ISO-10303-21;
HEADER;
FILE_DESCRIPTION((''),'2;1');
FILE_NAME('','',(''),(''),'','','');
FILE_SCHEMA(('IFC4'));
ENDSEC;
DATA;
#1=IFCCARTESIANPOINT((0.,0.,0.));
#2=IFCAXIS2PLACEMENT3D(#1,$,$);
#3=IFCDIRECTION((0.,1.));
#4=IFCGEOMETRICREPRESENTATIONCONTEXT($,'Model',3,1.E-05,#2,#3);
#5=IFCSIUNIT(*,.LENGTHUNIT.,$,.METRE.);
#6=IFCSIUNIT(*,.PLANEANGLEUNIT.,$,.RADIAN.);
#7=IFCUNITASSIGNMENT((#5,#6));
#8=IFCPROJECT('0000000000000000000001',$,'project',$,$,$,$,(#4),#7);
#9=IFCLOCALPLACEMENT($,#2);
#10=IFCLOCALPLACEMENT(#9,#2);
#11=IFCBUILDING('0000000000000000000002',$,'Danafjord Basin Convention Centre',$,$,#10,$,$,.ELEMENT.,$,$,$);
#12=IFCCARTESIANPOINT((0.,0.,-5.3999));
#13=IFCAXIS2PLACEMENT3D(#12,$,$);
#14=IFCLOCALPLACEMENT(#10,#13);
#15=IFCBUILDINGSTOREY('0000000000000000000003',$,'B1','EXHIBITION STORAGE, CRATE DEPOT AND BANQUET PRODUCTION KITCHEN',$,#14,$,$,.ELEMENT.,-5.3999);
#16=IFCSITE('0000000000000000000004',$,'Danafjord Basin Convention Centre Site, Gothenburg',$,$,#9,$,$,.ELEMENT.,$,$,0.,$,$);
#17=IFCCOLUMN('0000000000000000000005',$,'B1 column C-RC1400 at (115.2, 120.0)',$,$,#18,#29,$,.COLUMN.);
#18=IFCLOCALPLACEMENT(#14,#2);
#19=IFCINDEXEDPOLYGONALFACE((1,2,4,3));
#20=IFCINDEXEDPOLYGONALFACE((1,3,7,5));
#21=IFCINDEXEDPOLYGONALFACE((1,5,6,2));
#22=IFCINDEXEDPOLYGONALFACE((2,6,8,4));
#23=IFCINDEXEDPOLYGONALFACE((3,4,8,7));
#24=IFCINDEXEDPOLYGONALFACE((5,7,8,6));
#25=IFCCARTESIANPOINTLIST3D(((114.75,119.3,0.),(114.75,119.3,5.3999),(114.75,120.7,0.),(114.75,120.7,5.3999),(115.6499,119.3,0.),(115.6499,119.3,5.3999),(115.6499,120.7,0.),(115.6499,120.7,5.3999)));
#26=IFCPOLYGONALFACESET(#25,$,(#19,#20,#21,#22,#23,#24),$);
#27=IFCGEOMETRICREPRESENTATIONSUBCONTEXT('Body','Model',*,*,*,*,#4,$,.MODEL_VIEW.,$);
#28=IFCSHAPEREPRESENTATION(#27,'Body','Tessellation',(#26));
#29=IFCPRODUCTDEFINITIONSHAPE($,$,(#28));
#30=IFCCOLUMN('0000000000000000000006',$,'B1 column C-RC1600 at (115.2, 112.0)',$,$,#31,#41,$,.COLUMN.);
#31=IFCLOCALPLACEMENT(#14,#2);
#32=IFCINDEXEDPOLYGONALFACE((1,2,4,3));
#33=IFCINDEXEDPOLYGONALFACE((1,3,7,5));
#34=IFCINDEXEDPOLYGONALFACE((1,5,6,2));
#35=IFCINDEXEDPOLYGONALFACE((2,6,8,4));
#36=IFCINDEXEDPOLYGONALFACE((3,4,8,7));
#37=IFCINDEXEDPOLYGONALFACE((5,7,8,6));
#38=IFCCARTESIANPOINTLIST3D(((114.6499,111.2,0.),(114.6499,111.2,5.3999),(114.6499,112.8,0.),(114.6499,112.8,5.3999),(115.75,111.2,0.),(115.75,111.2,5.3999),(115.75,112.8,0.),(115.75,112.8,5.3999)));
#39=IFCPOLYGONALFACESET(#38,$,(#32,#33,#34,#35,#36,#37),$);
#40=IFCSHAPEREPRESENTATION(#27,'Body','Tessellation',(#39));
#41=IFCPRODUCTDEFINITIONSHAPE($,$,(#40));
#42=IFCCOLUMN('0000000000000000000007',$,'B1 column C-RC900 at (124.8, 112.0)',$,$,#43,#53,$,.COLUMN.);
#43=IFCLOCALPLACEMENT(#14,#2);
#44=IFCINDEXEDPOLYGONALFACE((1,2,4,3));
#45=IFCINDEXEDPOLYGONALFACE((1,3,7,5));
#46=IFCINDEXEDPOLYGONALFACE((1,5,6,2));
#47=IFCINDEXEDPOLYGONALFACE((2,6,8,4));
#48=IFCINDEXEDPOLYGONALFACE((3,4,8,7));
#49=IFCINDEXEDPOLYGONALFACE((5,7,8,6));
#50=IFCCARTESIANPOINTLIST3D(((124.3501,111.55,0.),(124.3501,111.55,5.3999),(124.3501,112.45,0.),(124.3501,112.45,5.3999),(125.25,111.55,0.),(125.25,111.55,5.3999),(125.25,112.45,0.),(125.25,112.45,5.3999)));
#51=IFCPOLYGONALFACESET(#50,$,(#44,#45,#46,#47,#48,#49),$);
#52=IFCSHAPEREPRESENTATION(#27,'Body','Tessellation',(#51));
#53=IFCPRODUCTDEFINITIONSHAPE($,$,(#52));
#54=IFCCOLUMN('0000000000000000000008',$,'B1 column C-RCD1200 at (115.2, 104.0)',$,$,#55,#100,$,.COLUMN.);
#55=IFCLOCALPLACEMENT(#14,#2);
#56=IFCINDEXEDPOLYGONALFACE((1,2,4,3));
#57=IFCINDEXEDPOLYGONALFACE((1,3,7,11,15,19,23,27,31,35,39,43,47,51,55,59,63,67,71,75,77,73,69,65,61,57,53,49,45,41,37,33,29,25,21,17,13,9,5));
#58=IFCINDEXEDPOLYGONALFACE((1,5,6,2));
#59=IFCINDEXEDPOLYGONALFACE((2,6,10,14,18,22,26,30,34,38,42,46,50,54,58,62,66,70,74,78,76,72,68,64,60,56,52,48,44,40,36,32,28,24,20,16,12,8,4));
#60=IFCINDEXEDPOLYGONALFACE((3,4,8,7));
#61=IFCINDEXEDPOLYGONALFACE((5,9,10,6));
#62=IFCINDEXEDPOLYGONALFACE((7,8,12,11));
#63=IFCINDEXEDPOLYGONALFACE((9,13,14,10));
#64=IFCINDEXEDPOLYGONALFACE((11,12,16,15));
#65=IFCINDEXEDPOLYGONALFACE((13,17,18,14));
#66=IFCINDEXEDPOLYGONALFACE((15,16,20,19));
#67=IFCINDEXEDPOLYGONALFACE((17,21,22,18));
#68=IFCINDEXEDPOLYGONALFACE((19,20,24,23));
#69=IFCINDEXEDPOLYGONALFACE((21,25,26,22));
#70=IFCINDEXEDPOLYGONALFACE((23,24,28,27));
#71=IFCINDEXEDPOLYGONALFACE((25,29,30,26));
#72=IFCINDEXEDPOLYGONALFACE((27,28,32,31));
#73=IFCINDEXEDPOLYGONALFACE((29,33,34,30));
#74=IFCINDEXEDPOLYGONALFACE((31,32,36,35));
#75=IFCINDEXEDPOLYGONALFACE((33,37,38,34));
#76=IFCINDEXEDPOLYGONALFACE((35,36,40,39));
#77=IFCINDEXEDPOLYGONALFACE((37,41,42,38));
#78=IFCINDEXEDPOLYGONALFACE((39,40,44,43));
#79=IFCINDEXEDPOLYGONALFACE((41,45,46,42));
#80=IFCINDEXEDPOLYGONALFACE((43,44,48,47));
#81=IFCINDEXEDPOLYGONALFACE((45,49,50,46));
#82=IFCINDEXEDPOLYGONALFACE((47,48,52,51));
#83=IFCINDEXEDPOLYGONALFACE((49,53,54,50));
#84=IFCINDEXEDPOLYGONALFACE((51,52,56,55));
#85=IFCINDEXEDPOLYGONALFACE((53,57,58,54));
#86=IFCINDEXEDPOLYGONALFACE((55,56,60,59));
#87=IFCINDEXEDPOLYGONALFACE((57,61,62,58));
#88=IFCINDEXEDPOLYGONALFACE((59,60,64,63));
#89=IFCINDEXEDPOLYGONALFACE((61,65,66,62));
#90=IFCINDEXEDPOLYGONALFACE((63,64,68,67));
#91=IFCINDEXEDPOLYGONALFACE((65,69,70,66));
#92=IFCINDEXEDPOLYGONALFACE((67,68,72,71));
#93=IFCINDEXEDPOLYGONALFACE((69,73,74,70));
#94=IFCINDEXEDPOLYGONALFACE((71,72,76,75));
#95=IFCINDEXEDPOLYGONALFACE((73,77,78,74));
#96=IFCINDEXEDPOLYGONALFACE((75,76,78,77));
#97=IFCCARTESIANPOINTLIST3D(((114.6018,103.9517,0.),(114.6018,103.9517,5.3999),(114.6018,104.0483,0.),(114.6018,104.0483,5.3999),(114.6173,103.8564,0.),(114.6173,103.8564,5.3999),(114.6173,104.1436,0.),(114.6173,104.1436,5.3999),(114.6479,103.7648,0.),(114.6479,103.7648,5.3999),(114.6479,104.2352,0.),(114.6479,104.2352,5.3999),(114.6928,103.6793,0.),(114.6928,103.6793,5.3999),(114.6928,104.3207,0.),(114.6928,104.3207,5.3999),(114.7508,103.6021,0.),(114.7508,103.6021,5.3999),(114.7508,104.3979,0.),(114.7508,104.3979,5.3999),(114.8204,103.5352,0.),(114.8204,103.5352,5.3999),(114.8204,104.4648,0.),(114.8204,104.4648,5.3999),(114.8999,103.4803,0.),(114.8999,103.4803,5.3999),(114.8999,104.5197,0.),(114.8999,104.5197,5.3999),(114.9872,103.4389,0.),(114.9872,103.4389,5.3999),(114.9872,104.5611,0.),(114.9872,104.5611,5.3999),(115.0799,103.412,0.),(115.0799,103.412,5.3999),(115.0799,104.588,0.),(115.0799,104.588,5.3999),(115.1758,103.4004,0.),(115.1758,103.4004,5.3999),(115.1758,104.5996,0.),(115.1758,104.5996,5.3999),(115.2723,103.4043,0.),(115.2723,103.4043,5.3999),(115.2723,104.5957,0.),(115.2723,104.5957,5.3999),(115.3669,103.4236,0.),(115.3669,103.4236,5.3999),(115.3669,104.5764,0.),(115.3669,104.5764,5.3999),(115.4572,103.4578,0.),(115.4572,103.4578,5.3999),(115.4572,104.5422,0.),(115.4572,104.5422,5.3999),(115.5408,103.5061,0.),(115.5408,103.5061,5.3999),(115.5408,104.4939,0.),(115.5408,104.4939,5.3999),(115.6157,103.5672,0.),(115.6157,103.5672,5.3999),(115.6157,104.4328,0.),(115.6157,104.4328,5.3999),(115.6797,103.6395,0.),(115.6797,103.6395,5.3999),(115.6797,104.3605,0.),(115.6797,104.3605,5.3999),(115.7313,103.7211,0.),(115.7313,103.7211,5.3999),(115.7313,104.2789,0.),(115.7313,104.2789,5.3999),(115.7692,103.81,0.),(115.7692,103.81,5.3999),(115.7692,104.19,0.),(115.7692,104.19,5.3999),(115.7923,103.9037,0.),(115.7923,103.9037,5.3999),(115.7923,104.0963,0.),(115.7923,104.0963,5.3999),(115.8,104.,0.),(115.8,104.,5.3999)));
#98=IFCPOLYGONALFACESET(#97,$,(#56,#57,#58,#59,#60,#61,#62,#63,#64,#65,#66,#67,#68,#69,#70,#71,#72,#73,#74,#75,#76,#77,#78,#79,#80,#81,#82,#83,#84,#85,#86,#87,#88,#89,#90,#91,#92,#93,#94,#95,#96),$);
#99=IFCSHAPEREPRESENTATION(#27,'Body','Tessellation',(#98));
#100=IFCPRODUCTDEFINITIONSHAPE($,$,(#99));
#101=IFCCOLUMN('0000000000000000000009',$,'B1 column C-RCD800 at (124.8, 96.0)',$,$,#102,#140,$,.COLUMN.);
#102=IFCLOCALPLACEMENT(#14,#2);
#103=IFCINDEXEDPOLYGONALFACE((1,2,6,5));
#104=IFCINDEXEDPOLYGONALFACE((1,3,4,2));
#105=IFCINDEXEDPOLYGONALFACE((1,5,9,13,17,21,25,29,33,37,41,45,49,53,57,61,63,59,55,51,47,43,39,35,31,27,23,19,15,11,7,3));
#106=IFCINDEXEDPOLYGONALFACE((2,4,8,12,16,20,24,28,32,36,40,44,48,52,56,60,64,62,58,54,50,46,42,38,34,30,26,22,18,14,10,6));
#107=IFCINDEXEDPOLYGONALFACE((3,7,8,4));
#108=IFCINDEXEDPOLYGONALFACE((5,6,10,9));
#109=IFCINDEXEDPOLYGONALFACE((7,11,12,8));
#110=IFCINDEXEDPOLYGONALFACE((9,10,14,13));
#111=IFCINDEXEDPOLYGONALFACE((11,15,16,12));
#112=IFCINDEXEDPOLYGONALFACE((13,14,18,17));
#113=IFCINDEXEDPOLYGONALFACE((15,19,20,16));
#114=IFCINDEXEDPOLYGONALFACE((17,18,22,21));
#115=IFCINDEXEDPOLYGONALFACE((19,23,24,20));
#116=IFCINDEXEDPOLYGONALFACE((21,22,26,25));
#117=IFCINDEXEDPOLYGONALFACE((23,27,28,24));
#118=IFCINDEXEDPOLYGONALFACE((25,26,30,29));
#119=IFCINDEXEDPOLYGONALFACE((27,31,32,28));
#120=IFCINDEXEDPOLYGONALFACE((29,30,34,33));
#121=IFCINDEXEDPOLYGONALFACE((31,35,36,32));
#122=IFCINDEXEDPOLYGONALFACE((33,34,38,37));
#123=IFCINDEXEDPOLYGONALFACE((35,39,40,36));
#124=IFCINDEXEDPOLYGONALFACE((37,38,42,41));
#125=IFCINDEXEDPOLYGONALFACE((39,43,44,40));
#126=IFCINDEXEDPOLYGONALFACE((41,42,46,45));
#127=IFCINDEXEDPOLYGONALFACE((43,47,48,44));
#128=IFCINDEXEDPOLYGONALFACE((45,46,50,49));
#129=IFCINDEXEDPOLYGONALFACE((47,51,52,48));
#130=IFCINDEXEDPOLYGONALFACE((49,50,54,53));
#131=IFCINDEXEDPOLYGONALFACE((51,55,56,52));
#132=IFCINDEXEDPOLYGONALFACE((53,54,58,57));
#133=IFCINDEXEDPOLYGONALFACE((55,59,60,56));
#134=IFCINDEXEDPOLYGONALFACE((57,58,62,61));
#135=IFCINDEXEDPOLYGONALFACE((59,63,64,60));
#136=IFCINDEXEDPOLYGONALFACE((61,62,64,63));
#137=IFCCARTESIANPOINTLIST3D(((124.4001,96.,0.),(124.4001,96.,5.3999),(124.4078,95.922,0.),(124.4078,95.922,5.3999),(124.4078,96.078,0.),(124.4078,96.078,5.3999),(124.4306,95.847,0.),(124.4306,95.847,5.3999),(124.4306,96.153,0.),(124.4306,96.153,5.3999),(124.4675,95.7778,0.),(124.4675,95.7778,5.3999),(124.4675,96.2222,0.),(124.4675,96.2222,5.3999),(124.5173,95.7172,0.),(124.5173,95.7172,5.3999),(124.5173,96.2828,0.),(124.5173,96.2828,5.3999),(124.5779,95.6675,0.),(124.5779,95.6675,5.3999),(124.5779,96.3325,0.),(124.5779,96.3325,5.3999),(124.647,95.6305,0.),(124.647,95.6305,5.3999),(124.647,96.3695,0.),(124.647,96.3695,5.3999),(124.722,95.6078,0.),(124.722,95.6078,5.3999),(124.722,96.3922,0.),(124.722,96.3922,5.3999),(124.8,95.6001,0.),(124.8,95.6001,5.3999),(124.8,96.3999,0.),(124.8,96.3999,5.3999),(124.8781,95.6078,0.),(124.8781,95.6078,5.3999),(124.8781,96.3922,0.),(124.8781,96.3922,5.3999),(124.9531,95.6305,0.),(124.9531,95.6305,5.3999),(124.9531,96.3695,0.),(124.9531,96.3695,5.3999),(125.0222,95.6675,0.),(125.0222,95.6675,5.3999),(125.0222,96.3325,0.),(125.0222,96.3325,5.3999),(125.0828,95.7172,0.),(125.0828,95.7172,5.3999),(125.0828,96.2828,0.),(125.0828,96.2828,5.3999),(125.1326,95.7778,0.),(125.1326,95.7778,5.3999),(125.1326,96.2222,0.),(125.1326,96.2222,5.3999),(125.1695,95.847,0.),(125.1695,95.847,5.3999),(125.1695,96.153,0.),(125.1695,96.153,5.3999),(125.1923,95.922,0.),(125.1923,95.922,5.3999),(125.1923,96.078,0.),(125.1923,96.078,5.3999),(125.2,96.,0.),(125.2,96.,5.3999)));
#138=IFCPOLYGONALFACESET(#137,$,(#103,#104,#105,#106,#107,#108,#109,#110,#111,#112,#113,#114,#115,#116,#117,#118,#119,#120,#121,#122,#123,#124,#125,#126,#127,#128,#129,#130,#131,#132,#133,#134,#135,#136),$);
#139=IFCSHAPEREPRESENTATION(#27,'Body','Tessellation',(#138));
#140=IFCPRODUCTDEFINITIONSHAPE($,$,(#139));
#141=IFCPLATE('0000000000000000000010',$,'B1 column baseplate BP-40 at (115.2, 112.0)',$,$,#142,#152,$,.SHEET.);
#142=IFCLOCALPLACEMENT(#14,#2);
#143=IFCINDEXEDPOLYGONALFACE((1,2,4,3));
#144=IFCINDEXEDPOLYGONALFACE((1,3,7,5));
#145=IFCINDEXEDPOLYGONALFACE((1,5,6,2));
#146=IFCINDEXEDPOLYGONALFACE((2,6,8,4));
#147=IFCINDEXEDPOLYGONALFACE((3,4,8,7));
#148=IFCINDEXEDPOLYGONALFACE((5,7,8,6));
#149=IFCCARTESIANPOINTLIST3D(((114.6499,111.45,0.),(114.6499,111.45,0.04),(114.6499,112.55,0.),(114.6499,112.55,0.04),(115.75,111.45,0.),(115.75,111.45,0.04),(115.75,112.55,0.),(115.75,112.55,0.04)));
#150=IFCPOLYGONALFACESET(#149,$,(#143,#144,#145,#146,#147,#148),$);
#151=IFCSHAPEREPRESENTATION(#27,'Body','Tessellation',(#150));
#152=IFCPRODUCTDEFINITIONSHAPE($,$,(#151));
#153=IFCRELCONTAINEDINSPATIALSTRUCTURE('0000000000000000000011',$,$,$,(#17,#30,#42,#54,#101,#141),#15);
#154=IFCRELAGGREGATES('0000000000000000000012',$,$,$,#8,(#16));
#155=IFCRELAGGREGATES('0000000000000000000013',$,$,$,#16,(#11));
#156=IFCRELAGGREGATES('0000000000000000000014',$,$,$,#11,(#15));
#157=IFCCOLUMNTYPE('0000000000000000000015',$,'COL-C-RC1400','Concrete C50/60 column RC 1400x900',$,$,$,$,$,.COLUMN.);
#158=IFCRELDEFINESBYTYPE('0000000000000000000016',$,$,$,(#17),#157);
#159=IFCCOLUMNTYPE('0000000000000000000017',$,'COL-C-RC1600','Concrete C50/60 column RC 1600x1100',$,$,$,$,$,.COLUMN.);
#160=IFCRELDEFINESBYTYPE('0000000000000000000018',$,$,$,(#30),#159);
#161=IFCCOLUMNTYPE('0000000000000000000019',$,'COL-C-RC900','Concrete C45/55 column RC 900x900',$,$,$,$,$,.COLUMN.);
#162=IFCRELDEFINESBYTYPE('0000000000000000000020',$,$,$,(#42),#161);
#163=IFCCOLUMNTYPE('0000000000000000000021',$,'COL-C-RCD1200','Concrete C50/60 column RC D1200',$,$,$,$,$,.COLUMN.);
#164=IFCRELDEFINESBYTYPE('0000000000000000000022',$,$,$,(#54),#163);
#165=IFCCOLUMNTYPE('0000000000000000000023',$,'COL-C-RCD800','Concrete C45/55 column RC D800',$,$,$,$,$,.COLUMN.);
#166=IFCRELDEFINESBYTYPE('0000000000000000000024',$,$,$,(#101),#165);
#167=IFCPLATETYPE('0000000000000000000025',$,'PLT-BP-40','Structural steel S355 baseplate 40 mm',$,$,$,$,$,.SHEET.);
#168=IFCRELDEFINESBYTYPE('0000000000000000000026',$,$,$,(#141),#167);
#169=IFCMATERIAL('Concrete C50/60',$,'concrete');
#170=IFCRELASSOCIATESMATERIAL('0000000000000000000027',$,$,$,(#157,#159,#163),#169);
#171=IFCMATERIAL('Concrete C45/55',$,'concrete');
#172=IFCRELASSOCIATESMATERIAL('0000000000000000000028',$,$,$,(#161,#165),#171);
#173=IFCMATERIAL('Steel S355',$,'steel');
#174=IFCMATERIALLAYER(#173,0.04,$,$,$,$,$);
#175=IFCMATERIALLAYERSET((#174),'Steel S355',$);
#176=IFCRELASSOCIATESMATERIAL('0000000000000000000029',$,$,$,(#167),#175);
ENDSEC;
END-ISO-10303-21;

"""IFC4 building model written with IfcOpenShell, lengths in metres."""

from ifc_helpers import new_model, si_unit, direction, frame, origin, origin_2d, place, context, subcontext, project, spatial, rectangle, circle, extrude, material, layer, layer_set, material_profile, profile_set, type_object, element, save


model = new_model("IFC4")

# Units and contexts
model_context = context("Model", 3, precision=1e-05, world=origin(), true_north=direction((0.0, 1.0)))
body_context = subcontext(model_context, "Body", "Model", "MODEL_VIEW")
ifc_project = project(units=[si_unit("LENGTHUNIT", "METRE"), si_unit("PLANEANGLEUNIT", "RADIAN")], contexts=[model_context])

# Site, building, storey
site_placement = place(None, origin())
site = spatial("IfcSite", under=ifc_project, at=site_placement, Name="Danafjord Basin Convention Centre Site, Gothenburg", CompositionType="ELEMENT", RefElevation=0.0)
building_placement = place(site_placement, origin())
building = spatial("IfcBuilding", under=site, at=building_placement, Name="Danafjord Basin Convention Centre", CompositionType="ELEMENT")
storey_placement = place(building_placement, frame((0.0, 0.0, -5.3999)))
storey = spatial("IfcBuildingStorey", under=building, at=storey_placement, Name="B1", Description="EXHIBITION STORAGE, CRATE DEPOT AND BANQUET PRODUCTION KITCHEN", CompositionType="ELEMENT", Elevation=-5.3999)

# Columns
ifc_material_1 = material(Name="Concrete C45/55", Category="concrete")
ifc_material_2 = material(Name="Concrete C50/60", Category="concrete")
ifc_material_profile_1 = material_profile(ifc_material_2, rectangle(XDim=0.8999, YDim=1.3999, at=origin_2d()), Name="RC 1400x900")
ifc_profile_set_1 = profile_set([ifc_material_profile_1], Name="Concrete C50/60")
column_type_1 = type_object("IfcColumnType", Name="COL-C-RC1400", Description="Concrete C50/60 column RC 1400x900", PredefinedType="COLUMN", material=ifc_profile_set_1)
column_1_placement = place(storey_placement, frame((115.2, 120.0, 0.0), z_axis=(0.0, 0.0, 1.0), x_axis=(1.0, 0.0, 0.0)))
element("IfcColumn", 1, at=column_1_placement, inside=storey, type_object=column_type_1, Name="B1 column C-RC1400 at (115.2, 120.0)", PredefinedType="COLUMN", context=body_context, shape_type="SweptSolid", body=[
    extrude(rectangle(XDim=0.8999, YDim=1.3999, at=origin_2d()), origin(), (0.0, 0.0, 1.0), 5.3999),
])
ifc_material_profile_2 = material_profile(ifc_material_2, rectangle(XDim=1.1001, YDim=1.6001, at=origin_2d()), Name="RC 1600x1100")
ifc_profile_set_2 = profile_set([ifc_material_profile_2], Name="Concrete C50/60")
column_type_2 = type_object("IfcColumnType", Name="COL-C-RC1600", Description="Concrete C50/60 column RC 1600x1100", PredefinedType="COLUMN", material=ifc_profile_set_2)
column_2_placement = place(storey_placement, frame((115.2, 112.0, 0.0), z_axis=(0.0, 0.0, 1.0), x_axis=(1.0, 0.0, 0.0)))
element("IfcColumn", 2, at=column_2_placement, inside=storey, type_object=column_type_2, Name="B1 column C-RC1600 at (115.2, 112.0)", PredefinedType="COLUMN", context=body_context, shape_type="SweptSolid", body=[
    extrude(rectangle(XDim=1.1001, YDim=1.6001, at=origin_2d()), origin(), (0.0, 0.0, 1.0), 5.3999),
])
ifc_material_profile_3 = material_profile(ifc_material_1, rectangle(XDim=0.8999, YDim=0.8999, at=origin_2d()), Name="RC 900x900")
ifc_profile_set_3 = profile_set([ifc_material_profile_3], Name="Concrete C45/55")
column_type_3 = type_object("IfcColumnType", Name="COL-C-RC900", Description="Concrete C45/55 column RC 900x900", PredefinedType="COLUMN", material=ifc_profile_set_3)
column_3_placement = place(storey_placement, frame((124.8, 112.0, 0.0), z_axis=(0.0, 0.0, 1.0), x_axis=(1.0, 0.0, 0.0)))
element("IfcColumn", 3, at=column_3_placement, inside=storey, type_object=column_type_3, Name="B1 column C-RC900 at (124.8, 112.0)", PredefinedType="COLUMN", context=body_context, shape_type="SweptSolid", body=[
    extrude(rectangle(XDim=0.8999, YDim=0.8999, at=origin_2d()), origin(), (0.0, 0.0, 1.0), 5.3999),
])
ifc_material_profile_4 = material_profile(ifc_material_2, circle(Radius=0.6001, at=origin_2d()), Name="RC D1200")
ifc_profile_set_4 = profile_set([ifc_material_profile_4], Name="Concrete C50/60")
column_type_4 = type_object("IfcColumnType", Name="COL-C-RCD1200", Description="Concrete C50/60 column RC D1200", PredefinedType="COLUMN", material=ifc_profile_set_4)
column_4_placement = place(storey_placement, frame((115.2, 104.0, 0.0), z_axis=(0.0, 0.0, 1.0), x_axis=(1.0, 0.0, 0.0)))
element("IfcColumn", 4, at=column_4_placement, inside=storey, type_object=column_type_4, Name="B1 column C-RCD1200 at (115.2, 104.0)", PredefinedType="COLUMN", context=body_context, shape_type="SweptSolid", body=[
    extrude(circle(Radius=0.6001, at=origin_2d()), origin(), (0.0, 0.0, 1.0), 5.3999),
])
ifc_material_profile_5 = material_profile(ifc_material_1, circle(Radius=0.3999, at=origin_2d()), Name="RC D800")
ifc_profile_set_5 = profile_set([ifc_material_profile_5], Name="Concrete C45/55")
column_type_5 = type_object("IfcColumnType", Name="COL-C-RCD800", Description="Concrete C45/55 column RC D800", PredefinedType="COLUMN", material=ifc_profile_set_5)
column_5_placement = place(storey_placement, frame((124.8, 96.0, 0.0), z_axis=(0.0, 0.0, 1.0), x_axis=(1.0, 0.0, 0.0)))
element("IfcColumn", 5, at=column_5_placement, inside=storey, type_object=column_type_5, Name="B1 column C-RCD800 at (124.8, 96.0)", PredefinedType="COLUMN", context=body_context, shape_type="SweptSolid", body=[
    extrude(circle(Radius=0.3999, at=origin_2d()), origin(), (0.0, 0.0, 1.0), 5.3999),
])

# Plate
ifc_material_3 = material(Name="Steel S355", Category="steel")
ifc_layer = layer(ifc_material_3, 0.04)
ifc_layer_set = layer_set([ifc_layer], Name="Steel S355")
plate_type = type_object("IfcPlateType", Name="PLT-BP-40", Description="Structural steel S355 baseplate 40 mm", PredefinedType="SHEET", material=ifc_layer_set)
plate_placement = place(storey_placement, frame((115.2, 112.0, 0.0), z_axis=(0.0, 0.0, 1.0), x_axis=(1.0, 0.0, 0.0)))
element("IfcPlate", 6, at=plate_placement, inside=storey, type_object=plate_type, Name="B1 column baseplate BP-40 at (115.2, 112.0)", PredefinedType="SHEET", context=body_context, shape_type="SweptSolid", body=[
    extrude(rectangle(XDim=1.1001, YDim=1.1001, at=origin_2d()), origin(), (0.0, 0.0, 1.0), 0.04),
])

save(model, "model.ifc")
